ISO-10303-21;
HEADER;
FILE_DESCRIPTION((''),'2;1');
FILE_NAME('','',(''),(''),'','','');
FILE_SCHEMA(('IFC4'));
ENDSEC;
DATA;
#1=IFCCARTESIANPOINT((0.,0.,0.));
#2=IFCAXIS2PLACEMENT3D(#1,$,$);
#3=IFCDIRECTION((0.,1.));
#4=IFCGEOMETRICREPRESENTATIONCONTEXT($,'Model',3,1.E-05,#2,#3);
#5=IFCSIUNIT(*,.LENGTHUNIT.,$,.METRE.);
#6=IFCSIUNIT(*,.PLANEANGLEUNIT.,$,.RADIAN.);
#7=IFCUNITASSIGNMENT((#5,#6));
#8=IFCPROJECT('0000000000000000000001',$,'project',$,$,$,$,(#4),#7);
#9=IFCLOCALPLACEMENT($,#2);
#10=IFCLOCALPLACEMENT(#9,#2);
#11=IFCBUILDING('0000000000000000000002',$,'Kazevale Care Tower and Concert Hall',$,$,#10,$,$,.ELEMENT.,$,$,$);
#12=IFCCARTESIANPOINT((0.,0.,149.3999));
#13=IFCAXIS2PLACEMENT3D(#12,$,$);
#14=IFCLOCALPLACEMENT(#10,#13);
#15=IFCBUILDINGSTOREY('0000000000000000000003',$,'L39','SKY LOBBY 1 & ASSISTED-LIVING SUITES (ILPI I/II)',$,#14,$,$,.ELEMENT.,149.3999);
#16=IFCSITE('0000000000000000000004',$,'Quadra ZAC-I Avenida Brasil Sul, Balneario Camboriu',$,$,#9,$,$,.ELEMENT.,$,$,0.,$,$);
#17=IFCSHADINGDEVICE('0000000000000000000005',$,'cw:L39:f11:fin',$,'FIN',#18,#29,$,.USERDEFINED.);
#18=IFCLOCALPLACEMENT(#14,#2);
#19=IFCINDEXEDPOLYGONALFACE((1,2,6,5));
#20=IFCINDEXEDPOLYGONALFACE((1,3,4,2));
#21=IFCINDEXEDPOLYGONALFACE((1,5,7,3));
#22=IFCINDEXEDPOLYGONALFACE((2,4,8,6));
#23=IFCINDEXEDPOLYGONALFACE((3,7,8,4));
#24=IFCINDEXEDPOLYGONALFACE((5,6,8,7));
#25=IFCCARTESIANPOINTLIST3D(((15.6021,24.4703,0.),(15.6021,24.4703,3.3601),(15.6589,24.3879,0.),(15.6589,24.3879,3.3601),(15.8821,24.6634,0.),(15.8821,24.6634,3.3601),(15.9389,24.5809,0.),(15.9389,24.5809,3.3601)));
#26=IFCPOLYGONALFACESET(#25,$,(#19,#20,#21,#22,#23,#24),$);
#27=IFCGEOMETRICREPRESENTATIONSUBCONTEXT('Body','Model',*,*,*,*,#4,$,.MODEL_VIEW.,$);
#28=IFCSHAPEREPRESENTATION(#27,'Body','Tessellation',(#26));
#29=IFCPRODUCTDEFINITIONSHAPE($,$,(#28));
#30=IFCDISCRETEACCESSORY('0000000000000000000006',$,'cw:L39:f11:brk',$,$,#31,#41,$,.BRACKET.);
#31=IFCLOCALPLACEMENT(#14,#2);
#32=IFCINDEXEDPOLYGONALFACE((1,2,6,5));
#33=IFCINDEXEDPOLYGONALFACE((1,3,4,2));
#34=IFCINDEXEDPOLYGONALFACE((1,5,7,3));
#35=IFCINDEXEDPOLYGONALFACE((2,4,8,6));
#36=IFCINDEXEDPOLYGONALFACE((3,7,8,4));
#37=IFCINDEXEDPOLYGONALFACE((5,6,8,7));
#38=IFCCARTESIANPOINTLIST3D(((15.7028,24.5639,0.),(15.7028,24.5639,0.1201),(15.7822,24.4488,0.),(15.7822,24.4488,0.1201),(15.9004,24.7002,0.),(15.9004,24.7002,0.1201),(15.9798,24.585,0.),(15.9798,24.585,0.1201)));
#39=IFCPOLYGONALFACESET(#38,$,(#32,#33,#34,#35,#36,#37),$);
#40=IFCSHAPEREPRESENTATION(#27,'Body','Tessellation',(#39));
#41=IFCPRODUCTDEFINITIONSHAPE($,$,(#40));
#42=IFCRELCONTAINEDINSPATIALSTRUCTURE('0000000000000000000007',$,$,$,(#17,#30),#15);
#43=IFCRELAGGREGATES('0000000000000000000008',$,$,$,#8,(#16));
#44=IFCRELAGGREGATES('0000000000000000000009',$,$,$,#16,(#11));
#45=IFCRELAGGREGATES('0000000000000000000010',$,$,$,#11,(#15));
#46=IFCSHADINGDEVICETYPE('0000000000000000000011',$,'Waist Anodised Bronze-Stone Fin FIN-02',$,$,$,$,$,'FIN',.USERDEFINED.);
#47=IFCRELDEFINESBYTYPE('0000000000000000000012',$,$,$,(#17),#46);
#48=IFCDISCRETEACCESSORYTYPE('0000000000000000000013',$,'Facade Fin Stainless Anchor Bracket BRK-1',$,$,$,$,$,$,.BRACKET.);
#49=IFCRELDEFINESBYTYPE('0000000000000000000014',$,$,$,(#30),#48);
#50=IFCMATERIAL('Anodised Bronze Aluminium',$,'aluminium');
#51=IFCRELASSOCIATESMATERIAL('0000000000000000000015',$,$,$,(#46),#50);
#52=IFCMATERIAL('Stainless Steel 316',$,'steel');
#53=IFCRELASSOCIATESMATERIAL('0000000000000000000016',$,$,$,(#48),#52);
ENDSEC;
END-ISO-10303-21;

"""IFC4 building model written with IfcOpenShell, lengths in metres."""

from ifc_helpers import new_model, si_unit, direction, frame, origin, origin_2d, place, context, subcontext, project, spatial, rectangle, extrude, material, type_object, element, save


model = new_model("IFC4")

# Units and contexts
model_context = context("Model", 3, precision=1e-05, world=origin(), true_north=direction((0.0, 1.0)))
body_context = subcontext(model_context, "Body", "Model", "MODEL_VIEW")
ifc_project = project(units=[si_unit("LENGTHUNIT", "METRE"), si_unit("PLANEANGLEUNIT", "RADIAN")], contexts=[model_context])

# Site, building, storey
site_placement = place(None, origin())
site = spatial("IfcSite", under=ifc_project, at=site_placement, Name="Quadra ZAC-I Avenida Brasil Sul, Balneario Camboriu", CompositionType="ELEMENT", RefElevation=0.0)
building_placement = place(site_placement, origin())
building = spatial("IfcBuilding", under=site, at=building_placement, Name="Kazevale Care Tower and Concert Hall", CompositionType="ELEMENT")
storey_placement = place(building_placement, frame((0.0, 0.0, 149.3999)))
storey = spatial("IfcBuildingStorey", under=building, at=storey_placement, Name="L39", Description="SKY LOBBY 1 & ASSISTED-LIVING SUITES (ILPI I/II)", CompositionType="ELEMENT", Elevation=149.3999)

# Shading device
ifc_material_1 = material(Name="Anodised Bronze Aluminium", Category="aluminium")
shading_device_type = type_object("IfcShadingDeviceType", Name="Waist Anodised Bronze-Stone Fin FIN-02", ElementType="FIN", PredefinedType="USERDEFINED", material=ifc_material_1)
shading_device_placement = place(storey_placement, frame((15.7705, 24.5256, 0.0), z_axis=(0.0, 0.0, 1.0), x_axis=(-0.823335, -0.567556, 0.0)))
element("IfcShadingDevice", 1, at=shading_device_placement, inside=storey, type_object=shading_device_type, Name="cw:L39:f11:fin", ObjectType="FIN", PredefinedType="USERDEFINED", context=body_context, shape_type="SweptSolid", body=[
    extrude(rectangle(XDim=0.3401, YDim=0.1001, at=origin_2d()), origin(), (0.0, 0.0, 1.0), 3.3601),
])

# Discrete accessory
ifc_material_2 = material(Name="Stainless Steel 316", Category="steel")
discrete_accessory_type = type_object("IfcDiscreteAccessoryType", Name="Facade Fin Stainless Anchor Bracket BRK-1", PredefinedType="BRACKET", material=ifc_material_2)
discrete_accessory_placement = place(storey_placement, frame((15.8413, 24.5745, 0.0), z_axis=(0.0, 0.0, 1.0), x_axis=(-0.823335, -0.567556, 0.0)))
element("IfcDiscreteAccessory", 2, at=discrete_accessory_placement, inside=storey, type_object=discrete_accessory_type, Name="cw:L39:f11:brk", PredefinedType="BRACKET", context=body_context, shape_type="SweptSolid", body=[
    extrude(rectangle(XDim=0.24, YDim=0.1399, at=origin_2d()), origin(), (0.0, 0.0, 1.0), 0.1201),
])

save(model, "model.ifc")
